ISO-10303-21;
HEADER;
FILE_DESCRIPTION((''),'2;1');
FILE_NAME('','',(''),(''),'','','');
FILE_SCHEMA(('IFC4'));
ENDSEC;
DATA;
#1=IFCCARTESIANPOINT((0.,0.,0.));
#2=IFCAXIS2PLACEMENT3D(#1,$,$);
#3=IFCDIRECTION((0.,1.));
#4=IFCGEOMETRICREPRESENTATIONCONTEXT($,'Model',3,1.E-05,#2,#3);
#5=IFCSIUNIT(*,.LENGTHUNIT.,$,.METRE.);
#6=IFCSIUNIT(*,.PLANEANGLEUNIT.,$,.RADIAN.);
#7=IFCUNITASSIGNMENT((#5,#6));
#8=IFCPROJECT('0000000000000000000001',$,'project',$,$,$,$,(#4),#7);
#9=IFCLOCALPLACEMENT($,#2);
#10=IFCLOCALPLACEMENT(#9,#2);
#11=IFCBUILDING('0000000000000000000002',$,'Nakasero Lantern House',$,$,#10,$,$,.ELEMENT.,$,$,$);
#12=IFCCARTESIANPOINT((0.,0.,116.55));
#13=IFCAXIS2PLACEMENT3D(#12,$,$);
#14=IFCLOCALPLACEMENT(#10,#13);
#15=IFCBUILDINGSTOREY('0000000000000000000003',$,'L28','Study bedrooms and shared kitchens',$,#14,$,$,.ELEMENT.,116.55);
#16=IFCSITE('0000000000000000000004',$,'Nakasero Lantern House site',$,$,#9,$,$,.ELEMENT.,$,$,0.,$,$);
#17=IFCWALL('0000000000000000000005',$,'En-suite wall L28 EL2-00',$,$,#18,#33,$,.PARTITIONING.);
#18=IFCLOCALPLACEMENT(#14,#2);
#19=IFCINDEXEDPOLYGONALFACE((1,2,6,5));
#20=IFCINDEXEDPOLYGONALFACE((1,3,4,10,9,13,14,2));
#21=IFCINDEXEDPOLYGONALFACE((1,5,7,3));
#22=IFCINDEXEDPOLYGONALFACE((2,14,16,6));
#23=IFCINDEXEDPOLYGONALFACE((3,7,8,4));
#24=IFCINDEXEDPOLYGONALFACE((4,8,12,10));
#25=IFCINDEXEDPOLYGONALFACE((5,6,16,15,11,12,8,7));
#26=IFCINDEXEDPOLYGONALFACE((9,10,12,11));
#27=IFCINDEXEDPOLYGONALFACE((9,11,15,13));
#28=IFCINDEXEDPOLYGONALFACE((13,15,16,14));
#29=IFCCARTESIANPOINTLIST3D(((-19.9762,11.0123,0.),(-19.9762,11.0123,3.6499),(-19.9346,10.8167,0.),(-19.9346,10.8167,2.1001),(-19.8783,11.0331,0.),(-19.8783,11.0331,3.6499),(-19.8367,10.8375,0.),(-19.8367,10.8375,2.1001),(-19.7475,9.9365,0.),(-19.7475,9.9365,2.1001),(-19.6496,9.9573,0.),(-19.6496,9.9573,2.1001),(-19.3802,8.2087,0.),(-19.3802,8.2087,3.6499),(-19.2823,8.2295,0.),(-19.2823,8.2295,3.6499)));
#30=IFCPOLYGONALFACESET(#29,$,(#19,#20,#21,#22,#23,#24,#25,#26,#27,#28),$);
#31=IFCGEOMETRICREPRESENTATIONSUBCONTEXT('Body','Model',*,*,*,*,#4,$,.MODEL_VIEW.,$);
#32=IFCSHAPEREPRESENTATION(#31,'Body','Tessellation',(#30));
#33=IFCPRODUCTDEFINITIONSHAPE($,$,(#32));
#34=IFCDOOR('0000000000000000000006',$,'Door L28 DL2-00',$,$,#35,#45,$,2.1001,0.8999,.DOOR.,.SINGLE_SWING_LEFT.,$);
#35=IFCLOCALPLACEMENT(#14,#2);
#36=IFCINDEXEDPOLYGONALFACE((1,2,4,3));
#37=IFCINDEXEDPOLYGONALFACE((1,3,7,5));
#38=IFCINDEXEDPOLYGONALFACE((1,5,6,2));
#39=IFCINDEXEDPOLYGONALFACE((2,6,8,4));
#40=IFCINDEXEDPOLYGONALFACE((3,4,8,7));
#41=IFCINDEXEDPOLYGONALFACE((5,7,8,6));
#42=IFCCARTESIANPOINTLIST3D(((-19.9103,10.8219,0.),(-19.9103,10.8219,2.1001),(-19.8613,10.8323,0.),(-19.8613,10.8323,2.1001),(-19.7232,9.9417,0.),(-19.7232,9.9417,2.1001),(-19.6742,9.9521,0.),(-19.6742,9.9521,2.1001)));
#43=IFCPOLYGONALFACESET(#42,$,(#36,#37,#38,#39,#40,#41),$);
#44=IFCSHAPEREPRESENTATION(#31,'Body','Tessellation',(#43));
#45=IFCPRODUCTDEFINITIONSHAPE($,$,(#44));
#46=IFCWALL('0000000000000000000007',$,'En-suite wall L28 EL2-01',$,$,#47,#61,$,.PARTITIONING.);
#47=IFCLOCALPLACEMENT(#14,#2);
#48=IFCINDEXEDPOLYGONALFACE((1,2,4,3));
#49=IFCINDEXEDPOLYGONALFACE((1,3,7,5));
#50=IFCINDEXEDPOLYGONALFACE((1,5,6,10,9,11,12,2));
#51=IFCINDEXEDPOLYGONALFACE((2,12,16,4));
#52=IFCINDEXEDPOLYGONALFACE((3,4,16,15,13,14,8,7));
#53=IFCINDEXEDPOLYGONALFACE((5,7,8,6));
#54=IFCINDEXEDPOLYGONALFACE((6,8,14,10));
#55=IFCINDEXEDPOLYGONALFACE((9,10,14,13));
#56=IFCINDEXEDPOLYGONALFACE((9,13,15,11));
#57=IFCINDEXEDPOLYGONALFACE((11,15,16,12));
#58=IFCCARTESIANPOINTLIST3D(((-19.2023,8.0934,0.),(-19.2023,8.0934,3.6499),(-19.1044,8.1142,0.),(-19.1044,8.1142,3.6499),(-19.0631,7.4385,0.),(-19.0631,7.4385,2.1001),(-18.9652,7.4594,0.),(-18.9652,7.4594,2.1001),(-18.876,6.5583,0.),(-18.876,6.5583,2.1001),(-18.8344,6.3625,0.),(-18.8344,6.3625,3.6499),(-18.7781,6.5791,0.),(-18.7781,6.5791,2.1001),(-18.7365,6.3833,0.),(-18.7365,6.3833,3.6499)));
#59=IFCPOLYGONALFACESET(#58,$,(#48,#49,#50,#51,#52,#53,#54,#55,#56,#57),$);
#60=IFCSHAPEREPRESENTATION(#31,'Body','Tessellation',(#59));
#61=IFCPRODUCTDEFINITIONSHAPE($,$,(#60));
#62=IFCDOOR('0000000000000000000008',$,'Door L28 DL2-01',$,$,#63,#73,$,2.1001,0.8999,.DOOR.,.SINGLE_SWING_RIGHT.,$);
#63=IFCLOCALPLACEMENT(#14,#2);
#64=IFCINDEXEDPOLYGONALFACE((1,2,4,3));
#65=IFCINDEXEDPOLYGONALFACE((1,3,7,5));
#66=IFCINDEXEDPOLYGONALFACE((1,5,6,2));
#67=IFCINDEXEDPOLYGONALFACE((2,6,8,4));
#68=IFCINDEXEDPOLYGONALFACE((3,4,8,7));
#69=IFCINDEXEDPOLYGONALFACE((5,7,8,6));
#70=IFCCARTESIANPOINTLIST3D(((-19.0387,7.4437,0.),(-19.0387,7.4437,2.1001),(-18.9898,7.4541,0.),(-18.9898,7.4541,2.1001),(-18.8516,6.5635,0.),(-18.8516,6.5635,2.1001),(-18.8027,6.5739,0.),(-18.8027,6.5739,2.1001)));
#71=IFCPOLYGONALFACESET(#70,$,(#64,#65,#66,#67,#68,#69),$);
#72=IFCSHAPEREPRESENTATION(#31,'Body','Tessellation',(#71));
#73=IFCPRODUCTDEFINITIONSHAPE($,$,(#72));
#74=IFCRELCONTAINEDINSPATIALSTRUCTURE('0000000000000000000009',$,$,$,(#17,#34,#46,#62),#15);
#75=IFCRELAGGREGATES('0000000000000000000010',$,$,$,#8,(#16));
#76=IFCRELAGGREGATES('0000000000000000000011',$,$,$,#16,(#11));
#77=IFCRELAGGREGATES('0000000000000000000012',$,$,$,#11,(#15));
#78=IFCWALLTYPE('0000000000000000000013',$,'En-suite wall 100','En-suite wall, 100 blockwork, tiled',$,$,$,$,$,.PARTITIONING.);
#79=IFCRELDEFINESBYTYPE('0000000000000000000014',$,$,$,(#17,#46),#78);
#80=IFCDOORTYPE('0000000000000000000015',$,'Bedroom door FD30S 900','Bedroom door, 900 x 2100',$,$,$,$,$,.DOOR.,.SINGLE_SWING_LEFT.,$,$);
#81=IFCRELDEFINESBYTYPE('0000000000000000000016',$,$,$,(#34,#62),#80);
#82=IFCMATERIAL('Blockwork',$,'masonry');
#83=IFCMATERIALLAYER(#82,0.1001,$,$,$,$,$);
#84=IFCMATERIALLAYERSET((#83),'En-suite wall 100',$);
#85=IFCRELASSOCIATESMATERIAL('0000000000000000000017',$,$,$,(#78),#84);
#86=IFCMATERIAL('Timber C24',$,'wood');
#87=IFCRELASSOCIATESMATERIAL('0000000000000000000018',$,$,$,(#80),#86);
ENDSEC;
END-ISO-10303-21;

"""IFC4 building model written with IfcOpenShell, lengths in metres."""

from ifc_helpers import new_model, si_unit, direction, frame, frame_2d, origin, place, context, subcontext, project, spatial, rectangle, extrude, material, layer, layer_set, type_object, element, fill, save


model = new_model("IFC4")

# Units and contexts
model_context = context("Model", 3, precision=1e-05, world=origin(), true_north=direction((0.0, 1.0)))
body_context = subcontext(model_context, "Body", "Model", "MODEL_VIEW")
ifc_project = project(units=[si_unit("LENGTHUNIT", "METRE"), si_unit("PLANEANGLEUNIT", "RADIAN")], contexts=[model_context])

# Site, building, storey
site_placement = place(None, origin())
site = spatial("IfcSite", under=ifc_project, at=site_placement, Name="Nakasero Lantern House site", CompositionType="ELEMENT", RefElevation=0.0)
building_placement = place(site_placement, origin())
building = spatial("IfcBuilding", under=site, at=building_placement, Name="Nakasero Lantern House", CompositionType="ELEMENT")
storey_placement = place(building_placement, frame((0.0, 0.0, 116.55)))
storey = spatial("IfcBuildingStorey", under=building, at=storey_placement, Name="L28", Description="Study bedrooms and shared kitchens", CompositionType="ELEMENT", Elevation=116.55)

# Shared definitions
ifc_material_1 = material(Name="Blockwork", Category="masonry")
ifc_layer_1 = layer(ifc_material_1, 0.1001)
ifc_layer_set_1 = layer_set([ifc_layer_1], Name="En-suite wall 100")
wall_type_1 = type_object("IfcWallType", Name="En-suite wall 100", Description="En-suite wall, 100 blockwork, tiled", PredefinedType="PARTITIONING", material=ifc_layer_set_1)

# Walls, openings, doors
wall_1_placement = place(storey_placement, frame((-19.9272, 11.0227, 0.0), z_axis=(0.0, 0.0, 1.0), x_axis=(0.207929, -0.978144, 0.0)))
wall_1 = element("IfcWall", 1, at=wall_1_placement, inside=storey, type_object=wall_type_1, Name="En-suite wall L28 EL2-00", PredefinedType="PARTITIONING", context=body_context, shape_type="SweptSolid", body=[
    extrude(rectangle(XDim=2.8662, YDim=0.1001, at=frame_2d((1.4331, 0.0))), origin(), (0.0, 0.0, 1.0), 3.6499),
])
opening_1_placement = place(wall_1_placement, frame((0.2, 0.0, 0.0)))
opening_1 = element("IfcOpeningElement", 2, at=opening_1_placement, cuts=wall_1, PredefinedType="OPENING", context=body_context, shape_type="SweptSolid", body=[
    extrude(rectangle(XDim=0.8999, YDim=2.1001, at=frame_2d((0.45, 1.05))), frame((0.0, 0.0701, 0.0), z_axis=(0.0, -1.0, 0.0), x_axis=(1.0, 0.0, 0.0)), (0.0, 0.0, 1.0), 0.1401),
])
ifc_material_2 = material(Name="Timber C24", Category="wood")
door_type_1 = type_object("IfcDoorType", Name="Bedroom door FD30S 900", Description="Bedroom door, 900 x 2100", OperationType="SINGLE_SWING_LEFT", PredefinedType="DOOR", material=ifc_material_2)
door_1_placement = place(opening_1_placement, origin())
door_1 = element("IfcDoor", 3, at=door_1_placement, inside=storey, type_object=door_type_1, Name="Door L28 DL2-00", OperationType="SINGLE_SWING_LEFT", OverallHeight=2.1001, OverallWidth=0.8999, PredefinedType="DOOR", context=body_context, shape_type="SweptSolid", body=[
    extrude(rectangle(XDim=0.8999, YDim=2.1001, at=frame_2d((0.45, 1.05))), frame((0.0, 0.0249, 0.0), z_axis=(0.0, -1.0, 0.0), x_axis=(1.0, 0.0, 0.0)), (0.0, 0.0, 1.0), 0.05),
])
fill(opening_1, door_1)
wall_2_placement = place(storey_placement, frame((-19.1533, 8.1038, 0.0), z_axis=(0.0, 0.0, 1.0), x_axis=(0.207908, -0.978148, 0.0)))
wall_2 = element("IfcWall", 4, at=wall_2_placement, inside=storey, type_object=wall_type_1, Name="En-suite wall L28 EL2-01", PredefinedType="PARTITIONING", context=body_context, shape_type="SweptSolid", body=[
    extrude(rectangle(XDim=1.7695, YDim=0.1001, at=frame_2d((0.8848, 0.0))), origin(), (0.0, 0.0, 1.0), 3.6499),
])
opening_2_placement = place(wall_2_placement, frame((0.6694, 0.0, 0.0)))
opening_2 = element("IfcOpeningElement", 5, at=opening_2_placement, cuts=wall_2, PredefinedType="OPENING", context=body_context, shape_type="SweptSolid", body=[
    extrude(rectangle(XDim=0.8999, YDim=2.1001, at=frame_2d((0.45, 1.05))), frame((0.0, 0.0701, 0.0), z_axis=(0.0, -1.0, 0.0), x_axis=(1.0, 0.0, 0.0)), (0.0, 0.0, 1.0), 0.1401),
])
door_2_placement = place(opening_2_placement, origin())
door_2 = element("IfcDoor", 6, at=door_2_placement, inside=storey, type_object=door_type_1, Name="Door L28 DL2-01", OperationType="SINGLE_SWING_RIGHT", OverallHeight=2.1001, OverallWidth=0.8999, PredefinedType="DOOR", context=body_context, shape_type="SweptSolid", body=[
    extrude(rectangle(XDim=0.8999, YDim=2.1001, at=frame_2d((0.45, 1.05))), frame((0.0, 0.0249, 0.0), z_axis=(0.0, -1.0, 0.0), x_axis=(1.0, 0.0, 0.0)), (0.0, 0.0, 1.0), 0.05),
])
fill(opening_2, door_2)

save(model, "model.ifc")
